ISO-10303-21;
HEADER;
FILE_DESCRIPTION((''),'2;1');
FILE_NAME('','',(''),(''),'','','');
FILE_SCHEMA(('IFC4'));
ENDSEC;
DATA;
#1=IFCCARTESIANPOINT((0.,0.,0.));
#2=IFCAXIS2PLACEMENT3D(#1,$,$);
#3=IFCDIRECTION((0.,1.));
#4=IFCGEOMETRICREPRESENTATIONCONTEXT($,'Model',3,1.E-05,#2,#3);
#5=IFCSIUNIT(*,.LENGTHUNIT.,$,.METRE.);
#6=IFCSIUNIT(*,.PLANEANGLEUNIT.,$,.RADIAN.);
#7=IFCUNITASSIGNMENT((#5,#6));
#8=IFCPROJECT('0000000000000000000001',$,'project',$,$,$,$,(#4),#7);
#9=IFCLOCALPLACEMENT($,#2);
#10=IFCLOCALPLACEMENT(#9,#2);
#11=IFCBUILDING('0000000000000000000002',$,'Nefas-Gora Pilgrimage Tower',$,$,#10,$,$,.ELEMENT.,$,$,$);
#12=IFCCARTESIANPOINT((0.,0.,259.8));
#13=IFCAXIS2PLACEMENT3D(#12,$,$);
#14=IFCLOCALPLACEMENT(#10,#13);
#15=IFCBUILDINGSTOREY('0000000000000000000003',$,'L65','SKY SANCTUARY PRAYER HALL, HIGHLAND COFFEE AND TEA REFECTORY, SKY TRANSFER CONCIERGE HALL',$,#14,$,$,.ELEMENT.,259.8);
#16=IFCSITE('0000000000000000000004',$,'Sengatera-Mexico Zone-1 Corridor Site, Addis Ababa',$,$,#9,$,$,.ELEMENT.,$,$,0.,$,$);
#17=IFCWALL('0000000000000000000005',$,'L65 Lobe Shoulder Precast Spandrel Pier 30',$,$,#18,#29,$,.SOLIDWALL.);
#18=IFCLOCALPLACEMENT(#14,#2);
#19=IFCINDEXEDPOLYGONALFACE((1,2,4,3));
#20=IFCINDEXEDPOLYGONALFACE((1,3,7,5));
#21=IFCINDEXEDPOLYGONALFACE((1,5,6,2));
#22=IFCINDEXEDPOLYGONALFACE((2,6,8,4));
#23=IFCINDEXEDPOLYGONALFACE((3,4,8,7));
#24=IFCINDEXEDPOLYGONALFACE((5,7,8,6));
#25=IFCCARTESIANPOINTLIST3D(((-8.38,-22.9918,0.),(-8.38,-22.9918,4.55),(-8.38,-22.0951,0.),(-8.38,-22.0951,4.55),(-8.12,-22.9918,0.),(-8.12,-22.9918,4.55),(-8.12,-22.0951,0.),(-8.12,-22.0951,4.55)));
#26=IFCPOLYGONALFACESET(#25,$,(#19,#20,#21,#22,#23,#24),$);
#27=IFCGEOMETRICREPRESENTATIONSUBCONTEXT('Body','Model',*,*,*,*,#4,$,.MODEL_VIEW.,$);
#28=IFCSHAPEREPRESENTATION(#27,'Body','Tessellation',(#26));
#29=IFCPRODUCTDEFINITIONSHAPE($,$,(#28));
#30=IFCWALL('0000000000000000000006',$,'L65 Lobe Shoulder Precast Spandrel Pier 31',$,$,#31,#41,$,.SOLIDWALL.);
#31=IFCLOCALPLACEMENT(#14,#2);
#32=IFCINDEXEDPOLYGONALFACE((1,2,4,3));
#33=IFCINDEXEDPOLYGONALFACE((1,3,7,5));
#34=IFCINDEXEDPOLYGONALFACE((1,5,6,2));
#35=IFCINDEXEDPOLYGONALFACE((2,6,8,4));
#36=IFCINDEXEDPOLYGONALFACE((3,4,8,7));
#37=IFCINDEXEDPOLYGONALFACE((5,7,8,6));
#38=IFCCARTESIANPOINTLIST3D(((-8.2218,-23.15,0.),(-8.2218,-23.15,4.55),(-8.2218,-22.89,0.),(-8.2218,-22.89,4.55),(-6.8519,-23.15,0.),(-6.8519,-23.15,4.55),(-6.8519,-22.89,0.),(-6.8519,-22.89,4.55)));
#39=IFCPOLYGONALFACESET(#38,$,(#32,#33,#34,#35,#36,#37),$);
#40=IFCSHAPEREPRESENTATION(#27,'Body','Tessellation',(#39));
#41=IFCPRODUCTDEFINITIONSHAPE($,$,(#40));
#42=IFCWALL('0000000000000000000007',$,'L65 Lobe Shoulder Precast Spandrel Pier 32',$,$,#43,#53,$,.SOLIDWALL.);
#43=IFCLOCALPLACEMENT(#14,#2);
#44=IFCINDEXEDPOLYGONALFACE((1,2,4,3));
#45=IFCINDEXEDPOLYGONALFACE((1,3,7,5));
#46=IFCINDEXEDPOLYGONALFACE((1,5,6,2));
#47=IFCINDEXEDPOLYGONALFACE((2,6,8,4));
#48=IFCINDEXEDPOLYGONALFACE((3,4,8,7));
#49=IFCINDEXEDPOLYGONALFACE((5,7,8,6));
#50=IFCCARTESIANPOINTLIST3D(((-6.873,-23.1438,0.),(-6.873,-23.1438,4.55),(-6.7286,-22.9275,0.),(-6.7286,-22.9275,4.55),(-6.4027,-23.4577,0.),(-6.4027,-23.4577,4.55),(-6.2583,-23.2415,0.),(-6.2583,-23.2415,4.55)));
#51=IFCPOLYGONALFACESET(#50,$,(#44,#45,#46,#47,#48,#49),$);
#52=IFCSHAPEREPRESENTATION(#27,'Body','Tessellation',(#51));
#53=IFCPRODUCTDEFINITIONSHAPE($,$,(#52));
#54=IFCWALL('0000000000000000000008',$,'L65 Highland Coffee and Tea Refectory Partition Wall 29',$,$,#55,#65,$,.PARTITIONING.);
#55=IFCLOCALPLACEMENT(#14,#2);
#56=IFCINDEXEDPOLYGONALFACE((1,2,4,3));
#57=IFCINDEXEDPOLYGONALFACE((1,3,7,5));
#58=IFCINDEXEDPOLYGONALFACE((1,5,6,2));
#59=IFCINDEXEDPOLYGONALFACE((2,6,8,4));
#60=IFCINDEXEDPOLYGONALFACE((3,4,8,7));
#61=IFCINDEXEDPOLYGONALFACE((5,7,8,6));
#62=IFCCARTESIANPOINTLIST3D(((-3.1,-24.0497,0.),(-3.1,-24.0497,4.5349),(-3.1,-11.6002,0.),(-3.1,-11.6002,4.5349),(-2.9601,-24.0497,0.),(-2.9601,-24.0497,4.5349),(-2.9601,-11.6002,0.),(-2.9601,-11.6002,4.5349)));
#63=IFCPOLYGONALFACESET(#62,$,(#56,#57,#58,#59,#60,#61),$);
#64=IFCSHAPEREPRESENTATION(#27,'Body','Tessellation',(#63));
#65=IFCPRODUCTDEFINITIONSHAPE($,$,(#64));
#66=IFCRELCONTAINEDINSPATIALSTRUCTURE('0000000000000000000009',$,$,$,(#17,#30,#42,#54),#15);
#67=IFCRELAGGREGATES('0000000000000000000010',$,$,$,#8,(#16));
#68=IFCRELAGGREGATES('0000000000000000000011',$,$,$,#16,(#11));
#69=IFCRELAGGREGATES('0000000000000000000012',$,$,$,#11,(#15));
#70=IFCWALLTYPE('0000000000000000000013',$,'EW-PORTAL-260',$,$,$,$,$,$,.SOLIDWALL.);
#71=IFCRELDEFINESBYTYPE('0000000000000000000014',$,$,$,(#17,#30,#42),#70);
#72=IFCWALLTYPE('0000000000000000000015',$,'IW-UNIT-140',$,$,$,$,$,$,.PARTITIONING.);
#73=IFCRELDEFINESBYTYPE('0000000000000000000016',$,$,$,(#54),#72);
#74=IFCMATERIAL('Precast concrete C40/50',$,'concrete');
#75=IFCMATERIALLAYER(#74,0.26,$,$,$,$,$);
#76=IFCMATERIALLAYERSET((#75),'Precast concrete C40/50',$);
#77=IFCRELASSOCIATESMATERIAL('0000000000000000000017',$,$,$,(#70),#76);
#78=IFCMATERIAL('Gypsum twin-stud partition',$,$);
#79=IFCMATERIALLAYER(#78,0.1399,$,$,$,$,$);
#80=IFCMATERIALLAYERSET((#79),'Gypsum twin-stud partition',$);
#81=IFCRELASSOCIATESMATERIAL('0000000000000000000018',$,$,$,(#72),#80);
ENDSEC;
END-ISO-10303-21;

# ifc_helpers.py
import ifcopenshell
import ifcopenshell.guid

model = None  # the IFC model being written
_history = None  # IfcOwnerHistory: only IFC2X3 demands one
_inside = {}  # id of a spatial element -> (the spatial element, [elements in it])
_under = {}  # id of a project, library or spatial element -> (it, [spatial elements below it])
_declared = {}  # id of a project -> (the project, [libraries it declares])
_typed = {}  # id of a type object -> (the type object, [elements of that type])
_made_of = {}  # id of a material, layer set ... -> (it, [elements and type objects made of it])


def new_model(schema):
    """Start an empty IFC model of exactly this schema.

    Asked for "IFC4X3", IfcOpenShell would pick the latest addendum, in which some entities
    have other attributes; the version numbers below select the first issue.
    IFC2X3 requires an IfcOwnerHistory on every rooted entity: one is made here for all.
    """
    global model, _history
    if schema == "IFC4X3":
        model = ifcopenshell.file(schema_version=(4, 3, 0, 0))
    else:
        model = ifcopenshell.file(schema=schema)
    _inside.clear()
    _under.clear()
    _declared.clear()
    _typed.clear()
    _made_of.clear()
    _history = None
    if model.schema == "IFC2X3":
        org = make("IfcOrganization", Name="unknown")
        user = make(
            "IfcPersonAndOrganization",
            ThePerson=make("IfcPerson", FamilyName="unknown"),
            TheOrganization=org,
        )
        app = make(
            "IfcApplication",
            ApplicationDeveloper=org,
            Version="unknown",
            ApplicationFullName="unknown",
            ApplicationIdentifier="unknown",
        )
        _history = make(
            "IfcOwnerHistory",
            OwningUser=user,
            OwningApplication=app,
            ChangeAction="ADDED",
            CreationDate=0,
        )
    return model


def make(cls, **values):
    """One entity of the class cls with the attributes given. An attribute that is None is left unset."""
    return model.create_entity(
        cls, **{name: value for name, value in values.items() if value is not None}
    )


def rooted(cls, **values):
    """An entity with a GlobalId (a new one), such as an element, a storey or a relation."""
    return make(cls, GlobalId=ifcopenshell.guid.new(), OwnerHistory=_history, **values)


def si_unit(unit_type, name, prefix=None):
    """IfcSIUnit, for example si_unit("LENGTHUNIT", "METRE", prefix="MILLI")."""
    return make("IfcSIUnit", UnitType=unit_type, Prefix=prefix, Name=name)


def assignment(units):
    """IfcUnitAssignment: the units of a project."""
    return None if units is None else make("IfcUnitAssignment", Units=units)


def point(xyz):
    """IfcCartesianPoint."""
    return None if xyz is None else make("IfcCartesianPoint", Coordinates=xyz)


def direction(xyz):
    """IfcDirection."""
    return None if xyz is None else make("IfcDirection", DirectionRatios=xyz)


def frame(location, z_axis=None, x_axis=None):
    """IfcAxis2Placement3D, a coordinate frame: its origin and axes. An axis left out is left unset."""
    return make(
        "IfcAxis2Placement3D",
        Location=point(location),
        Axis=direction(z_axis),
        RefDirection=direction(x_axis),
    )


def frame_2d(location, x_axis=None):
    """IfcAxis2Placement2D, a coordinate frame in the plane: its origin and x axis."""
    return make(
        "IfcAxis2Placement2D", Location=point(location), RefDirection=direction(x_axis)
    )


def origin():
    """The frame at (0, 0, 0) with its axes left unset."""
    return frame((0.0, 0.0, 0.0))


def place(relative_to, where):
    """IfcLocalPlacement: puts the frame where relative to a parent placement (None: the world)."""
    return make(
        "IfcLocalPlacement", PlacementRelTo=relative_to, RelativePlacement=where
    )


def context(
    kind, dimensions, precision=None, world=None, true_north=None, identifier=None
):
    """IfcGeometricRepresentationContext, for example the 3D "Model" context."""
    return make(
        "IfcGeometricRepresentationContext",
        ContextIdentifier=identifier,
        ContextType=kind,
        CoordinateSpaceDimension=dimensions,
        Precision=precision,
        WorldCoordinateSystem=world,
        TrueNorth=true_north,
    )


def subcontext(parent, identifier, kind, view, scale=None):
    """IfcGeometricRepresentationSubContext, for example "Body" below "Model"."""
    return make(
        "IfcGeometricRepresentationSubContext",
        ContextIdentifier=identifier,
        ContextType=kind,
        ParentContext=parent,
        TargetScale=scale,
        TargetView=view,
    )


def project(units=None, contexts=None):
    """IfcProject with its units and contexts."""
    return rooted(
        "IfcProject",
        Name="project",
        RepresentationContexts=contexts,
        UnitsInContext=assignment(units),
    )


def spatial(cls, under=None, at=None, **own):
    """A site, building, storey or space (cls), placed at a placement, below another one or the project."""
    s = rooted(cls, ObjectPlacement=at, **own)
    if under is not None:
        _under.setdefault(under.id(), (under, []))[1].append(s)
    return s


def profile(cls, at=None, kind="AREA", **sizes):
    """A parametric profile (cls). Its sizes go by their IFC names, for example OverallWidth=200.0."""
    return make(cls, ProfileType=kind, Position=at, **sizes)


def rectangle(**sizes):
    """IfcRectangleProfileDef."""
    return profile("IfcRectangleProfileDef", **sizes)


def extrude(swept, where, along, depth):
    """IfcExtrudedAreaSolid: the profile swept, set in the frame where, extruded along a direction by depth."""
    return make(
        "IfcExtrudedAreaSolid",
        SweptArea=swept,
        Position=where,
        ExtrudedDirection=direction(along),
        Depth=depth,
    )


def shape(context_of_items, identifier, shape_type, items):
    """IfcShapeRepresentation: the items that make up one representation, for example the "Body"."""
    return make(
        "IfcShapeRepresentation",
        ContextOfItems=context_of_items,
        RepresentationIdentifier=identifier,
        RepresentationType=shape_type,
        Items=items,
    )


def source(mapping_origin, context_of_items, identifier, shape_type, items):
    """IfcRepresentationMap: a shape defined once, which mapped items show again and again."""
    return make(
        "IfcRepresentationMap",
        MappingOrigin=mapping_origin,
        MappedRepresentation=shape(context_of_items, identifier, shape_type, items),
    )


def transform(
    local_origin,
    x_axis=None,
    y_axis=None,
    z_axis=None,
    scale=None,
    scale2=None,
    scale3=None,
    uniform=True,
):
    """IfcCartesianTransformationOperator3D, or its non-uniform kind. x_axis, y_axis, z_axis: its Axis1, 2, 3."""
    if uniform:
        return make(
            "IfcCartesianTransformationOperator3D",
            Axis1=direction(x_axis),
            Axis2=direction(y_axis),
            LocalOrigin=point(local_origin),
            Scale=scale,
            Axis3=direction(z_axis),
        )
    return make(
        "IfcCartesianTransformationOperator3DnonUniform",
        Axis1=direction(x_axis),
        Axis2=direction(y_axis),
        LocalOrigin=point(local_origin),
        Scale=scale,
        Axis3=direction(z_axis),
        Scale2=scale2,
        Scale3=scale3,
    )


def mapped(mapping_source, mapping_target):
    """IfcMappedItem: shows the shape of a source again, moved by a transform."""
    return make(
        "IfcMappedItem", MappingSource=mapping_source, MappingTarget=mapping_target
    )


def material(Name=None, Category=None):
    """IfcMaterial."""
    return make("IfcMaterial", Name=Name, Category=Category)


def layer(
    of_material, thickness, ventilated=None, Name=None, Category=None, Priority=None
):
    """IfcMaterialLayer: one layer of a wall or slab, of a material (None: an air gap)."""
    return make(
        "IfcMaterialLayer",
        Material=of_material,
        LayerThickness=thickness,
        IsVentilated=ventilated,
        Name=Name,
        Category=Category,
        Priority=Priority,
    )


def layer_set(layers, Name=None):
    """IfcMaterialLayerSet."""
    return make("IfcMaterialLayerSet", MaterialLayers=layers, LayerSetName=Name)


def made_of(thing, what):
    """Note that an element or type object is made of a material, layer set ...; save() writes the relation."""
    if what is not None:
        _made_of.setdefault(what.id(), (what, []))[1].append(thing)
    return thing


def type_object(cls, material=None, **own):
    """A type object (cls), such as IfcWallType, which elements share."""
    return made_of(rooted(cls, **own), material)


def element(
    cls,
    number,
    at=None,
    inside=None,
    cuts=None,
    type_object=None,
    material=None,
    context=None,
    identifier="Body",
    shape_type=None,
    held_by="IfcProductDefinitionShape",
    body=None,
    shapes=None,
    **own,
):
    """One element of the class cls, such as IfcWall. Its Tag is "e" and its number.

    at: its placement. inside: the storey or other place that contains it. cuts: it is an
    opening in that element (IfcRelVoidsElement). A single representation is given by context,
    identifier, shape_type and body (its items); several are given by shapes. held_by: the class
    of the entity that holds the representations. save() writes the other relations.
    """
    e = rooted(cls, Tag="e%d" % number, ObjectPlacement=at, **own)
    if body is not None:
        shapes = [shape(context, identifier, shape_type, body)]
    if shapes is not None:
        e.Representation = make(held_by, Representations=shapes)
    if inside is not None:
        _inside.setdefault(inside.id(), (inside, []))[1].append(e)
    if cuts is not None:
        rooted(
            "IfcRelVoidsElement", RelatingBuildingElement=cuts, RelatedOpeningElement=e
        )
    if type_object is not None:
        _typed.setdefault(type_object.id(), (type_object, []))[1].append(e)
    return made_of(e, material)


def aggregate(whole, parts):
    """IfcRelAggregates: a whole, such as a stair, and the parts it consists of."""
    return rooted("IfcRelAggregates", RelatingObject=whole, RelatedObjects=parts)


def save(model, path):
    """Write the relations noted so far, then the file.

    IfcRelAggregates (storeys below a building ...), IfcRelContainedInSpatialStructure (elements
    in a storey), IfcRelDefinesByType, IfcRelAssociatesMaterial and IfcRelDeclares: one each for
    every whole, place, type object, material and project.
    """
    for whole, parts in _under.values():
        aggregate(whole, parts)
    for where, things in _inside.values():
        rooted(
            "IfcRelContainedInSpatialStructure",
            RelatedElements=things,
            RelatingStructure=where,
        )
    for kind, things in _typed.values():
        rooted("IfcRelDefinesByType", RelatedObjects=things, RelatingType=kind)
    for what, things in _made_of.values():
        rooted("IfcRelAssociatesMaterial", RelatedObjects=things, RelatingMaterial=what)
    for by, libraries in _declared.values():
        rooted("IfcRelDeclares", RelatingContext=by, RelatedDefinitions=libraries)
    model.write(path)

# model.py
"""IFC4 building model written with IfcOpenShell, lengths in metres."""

from ifc_helpers import new_model, si_unit, direction, frame, frame_2d, origin, place, context, subcontext, project, spatial, rectangle, extrude, source, transform, mapped, material, layer, layer_set, type_object, element, save


model = new_model("IFC4")

# Units and contexts
model_context = context("Model", 3, precision=1e-05, world=origin(), true_north=direction((0.0, 1.0)))
body_context = subcontext(model_context, "Body", "Model", "MODEL_VIEW")
ifc_project = project(units=[si_unit("LENGTHUNIT", "METRE"), si_unit("PLANEANGLEUNIT", "RADIAN")], contexts=[model_context])

# Site, building, storey
site_placement = place(None, origin())
site = spatial("IfcSite", under=ifc_project, at=site_placement, Name="Sengatera-Mexico Zone-1 Corridor Site, Addis Ababa", CompositionType="ELEMENT", RefElevation=0.0)
building_placement = place(site_placement, origin())
building = spatial("IfcBuilding", under=site, at=building_placement, Name="Nefas-Gora Pilgrimage Tower", CompositionType="ELEMENT")
storey_placement = place(building_placement, frame((0.0, 0.0, 259.8)))
storey = spatial("IfcBuildingStorey", under=building, at=storey_placement, Name="L65", Description="SKY SANCTUARY PRAYER HALL, HIGHLAND COFFEE AND TEA REFECTORY, SKY TRANSFER CONCIERGE HALL", CompositionType="ELEMENT", Elevation=259.8)

# Walls
ifc_material_1 = material(Name="Precast concrete C40/50", Category="concrete")
ifc_layer_1 = layer(ifc_material_1, 0.26)
ifc_layer_set_1 = layer_set([ifc_layer_1], Name="Precast concrete C40/50")
wall_type_1 = type_object("IfcWallType", Name="EW-PORTAL-260", PredefinedType="SOLIDWALL", material=ifc_layer_set_1)
shared_shape_1 = source(origin(), body_context, "Body", "SweptSolid", [
    extrude(rectangle(XDim=0.8967, YDim=0.26, at=frame_2d((0.4482, 0.0))), origin(), (0.0, 0.0, 1.0), 4.55),
])
wall_1_placement = place(storey_placement, frame((-8.25, -22.0952, 0.0), z_axis=(0.0, 0.0, 1.0), x_axis=(0.0, -1.0, 0.0)))
element("IfcWall", 1, at=wall_1_placement, inside=storey, type_object=wall_type_1, Name="L65 Lobe Shoulder Precast Spandrel Pier 30", PredefinedType="SOLIDWALL", context=body_context, shape_type="MappedRepresentation", body=[
    mapped(shared_shape_1, transform((0.0, 0.0, 0.0), x_axis=(1.0, 0.0, 0.0), y_axis=(0.0, 1.0, 0.0), z_axis=(0.0, 0.0, 1.0), scale=1.0)),
])
shared_shape_2 = source(origin(), body_context, "Body", "SweptSolid", [
    extrude(rectangle(XDim=1.3699, YDim=0.26, at=frame_2d((0.6851, 0.0))), origin(), (0.0, 0.0, 1.0), 4.55),
])
wall_2_placement = place(storey_placement, frame((-8.2219, -23.02, 0.0), z_axis=(0.0, 0.0, 1.0), x_axis=(1.0, 0.0, 0.0)))
element("IfcWall", 2, at=wall_2_placement, inside=storey, type_object=wall_type_1, Name="L65 Lobe Shoulder Precast Spandrel Pier 31", PredefinedType="SOLIDWALL", context=body_context, shape_type="MappedRepresentation", body=[
    mapped(shared_shape_2, transform((0.0, 0.0, 0.0), x_axis=(1.0, 0.0, 0.0), y_axis=(0.0, 1.0, 0.0), z_axis=(0.0, 0.0, 1.0), scale=1.0)),
])
shared_shape_3 = source(origin(), body_context, "Body", "SweptSolid", [
    extrude(rectangle(XDim=0.5654, YDim=0.26, at=frame_2d((0.2827, 0.0))), origin(), (0.0, 0.0, 1.0), 4.55),
])
wall_3_placement = place(storey_placement, frame((-6.8008, -23.0356, 0.0), z_axis=(0.0, 0.0, 1.0), x_axis=(0.831651, -0.555298, 0.0)))
element("IfcWall", 3, at=wall_3_placement, inside=storey, type_object=wall_type_1, Name="L65 Lobe Shoulder Precast Spandrel Pier 32", PredefinedType="SOLIDWALL", context=body_context, shape_type="MappedRepresentation", body=[
    mapped(shared_shape_3, transform((0.0, 0.0, 0.0), x_axis=(1.0, 0.0, 0.0), y_axis=(0.0, 1.0, 0.0), z_axis=(0.0, 0.0, 1.0), scale=1.0)),
])
ifc_material_2 = material(Name="Gypsum twin-stud partition")
ifc_layer_2 = layer(ifc_material_2, 0.1399)
ifc_layer_set_2 = layer_set([ifc_layer_2], Name="Gypsum twin-stud partition")
wall_type_2 = type_object("IfcWallType", Name="IW-UNIT-140", PredefinedType="PARTITIONING", material=ifc_layer_set_2)
shared_shape_4 = source(origin(), body_context, "Body", "SweptSolid", [
    extrude(rectangle(XDim=12.4495, YDim=0.1399, at=frame_2d((6.2246, 0.0))), origin(), (0.0, 0.0, 1.0), 4.5349),
])
wall_4_placement = place(storey_placement, frame((-3.03, -24.0496, 0.0), z_axis=(0.0, 0.0, 1.0), x_axis=(0.0, 1.0, 0.0)))
element("IfcWall", 4, at=wall_4_placement, inside=storey, type_object=wall_type_2, Name="L65 Highland Coffee and Tea Refectory Partition Wall 29", PredefinedType="PARTITIONING", context=body_context, shape_type="MappedRepresentation", body=[
    mapped(shared_shape_4, transform((0.0, 0.0, 0.0), x_axis=(1.0, 0.0, 0.0), y_axis=(0.0, 1.0, 0.0), z_axis=(0.0, 0.0, 1.0), scale=1.0)),
])

save(model, "model.ifc")
